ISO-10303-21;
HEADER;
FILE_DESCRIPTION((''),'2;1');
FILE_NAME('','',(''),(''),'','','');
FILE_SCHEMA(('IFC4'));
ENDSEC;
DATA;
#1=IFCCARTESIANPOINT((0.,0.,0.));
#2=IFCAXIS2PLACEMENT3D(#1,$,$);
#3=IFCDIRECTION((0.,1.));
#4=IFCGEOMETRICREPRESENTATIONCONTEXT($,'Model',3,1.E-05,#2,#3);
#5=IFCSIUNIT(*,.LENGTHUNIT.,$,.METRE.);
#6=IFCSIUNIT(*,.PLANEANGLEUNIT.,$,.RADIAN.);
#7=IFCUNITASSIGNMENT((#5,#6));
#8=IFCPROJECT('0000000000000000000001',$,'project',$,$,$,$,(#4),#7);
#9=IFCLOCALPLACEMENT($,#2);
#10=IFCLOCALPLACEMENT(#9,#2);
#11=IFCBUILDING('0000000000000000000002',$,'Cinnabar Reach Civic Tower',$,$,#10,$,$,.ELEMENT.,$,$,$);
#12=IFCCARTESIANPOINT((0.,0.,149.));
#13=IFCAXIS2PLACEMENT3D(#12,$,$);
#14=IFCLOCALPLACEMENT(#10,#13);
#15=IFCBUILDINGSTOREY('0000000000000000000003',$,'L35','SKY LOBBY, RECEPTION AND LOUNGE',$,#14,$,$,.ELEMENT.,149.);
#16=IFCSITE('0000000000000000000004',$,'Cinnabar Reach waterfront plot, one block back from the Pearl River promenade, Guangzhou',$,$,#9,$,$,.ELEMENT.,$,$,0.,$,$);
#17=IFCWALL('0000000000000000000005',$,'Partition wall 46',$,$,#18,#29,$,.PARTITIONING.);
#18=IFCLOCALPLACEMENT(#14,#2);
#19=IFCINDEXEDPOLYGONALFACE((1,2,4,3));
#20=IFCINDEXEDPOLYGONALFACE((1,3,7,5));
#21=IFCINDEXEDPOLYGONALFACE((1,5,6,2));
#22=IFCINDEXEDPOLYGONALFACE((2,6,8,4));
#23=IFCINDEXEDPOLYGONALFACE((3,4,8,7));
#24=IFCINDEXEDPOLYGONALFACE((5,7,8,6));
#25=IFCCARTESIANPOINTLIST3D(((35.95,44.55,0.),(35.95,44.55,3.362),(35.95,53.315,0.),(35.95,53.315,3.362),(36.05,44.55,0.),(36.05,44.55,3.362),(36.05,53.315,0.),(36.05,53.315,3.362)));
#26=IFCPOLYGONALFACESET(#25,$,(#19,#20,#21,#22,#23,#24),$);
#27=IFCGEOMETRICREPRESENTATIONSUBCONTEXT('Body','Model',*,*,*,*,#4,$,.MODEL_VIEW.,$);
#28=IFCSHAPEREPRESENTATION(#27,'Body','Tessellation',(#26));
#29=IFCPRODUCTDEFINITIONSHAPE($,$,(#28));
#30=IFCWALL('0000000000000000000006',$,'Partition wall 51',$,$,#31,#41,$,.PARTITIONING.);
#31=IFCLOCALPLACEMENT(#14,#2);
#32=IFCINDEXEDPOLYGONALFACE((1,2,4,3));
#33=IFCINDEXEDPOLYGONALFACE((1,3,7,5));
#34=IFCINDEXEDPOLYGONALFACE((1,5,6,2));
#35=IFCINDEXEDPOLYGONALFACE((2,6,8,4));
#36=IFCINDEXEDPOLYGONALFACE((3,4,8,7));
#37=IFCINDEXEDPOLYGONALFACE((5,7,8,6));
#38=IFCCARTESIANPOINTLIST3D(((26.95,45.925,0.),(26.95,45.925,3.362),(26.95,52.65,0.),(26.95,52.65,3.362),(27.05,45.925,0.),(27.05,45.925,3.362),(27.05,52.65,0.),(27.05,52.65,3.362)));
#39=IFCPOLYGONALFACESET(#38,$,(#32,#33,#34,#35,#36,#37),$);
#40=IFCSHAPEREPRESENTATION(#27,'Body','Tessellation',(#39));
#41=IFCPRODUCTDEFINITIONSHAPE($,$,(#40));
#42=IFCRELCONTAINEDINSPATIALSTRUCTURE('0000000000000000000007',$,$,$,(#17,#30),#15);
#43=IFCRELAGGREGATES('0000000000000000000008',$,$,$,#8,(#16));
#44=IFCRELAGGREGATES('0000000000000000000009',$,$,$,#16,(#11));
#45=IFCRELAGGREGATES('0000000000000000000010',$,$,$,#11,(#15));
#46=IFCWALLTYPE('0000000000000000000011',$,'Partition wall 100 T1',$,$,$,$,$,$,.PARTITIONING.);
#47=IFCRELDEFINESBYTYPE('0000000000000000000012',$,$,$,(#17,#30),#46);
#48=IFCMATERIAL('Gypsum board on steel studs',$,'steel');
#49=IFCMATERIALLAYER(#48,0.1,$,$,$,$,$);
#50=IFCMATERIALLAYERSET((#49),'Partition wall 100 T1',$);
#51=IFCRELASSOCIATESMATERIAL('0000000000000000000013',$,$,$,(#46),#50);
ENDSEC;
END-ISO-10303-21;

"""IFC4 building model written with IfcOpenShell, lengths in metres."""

from ifc_helpers import new_model, si_unit, direction, frame, frame_2d, origin, place, context, subcontext, project, spatial, rectangle, extrude, material, layer, layer_set, type_object, element, save


model = new_model("IFC4")

# Units and contexts
model_context = context("Model", 3, precision=1e-05, world=origin(), true_north=direction((0.0, 1.0)))
body_context = subcontext(model_context, "Body", "Model", "MODEL_VIEW")
ifc_project = project(units=[si_unit("LENGTHUNIT", "METRE"), si_unit("PLANEANGLEUNIT", "RADIAN")], contexts=[model_context])

# Site, building, storey
site_placement = place(None, origin())
site = spatial("IfcSite", under=ifc_project, at=site_placement, Name="Cinnabar Reach waterfront plot, one block back from the Pearl River promenade, Guangzhou", CompositionType="ELEMENT", RefElevation=0.0)
building_placement = place(site_placement, origin())
building = spatial("IfcBuilding", under=site, at=building_placement, Name="Cinnabar Reach Civic Tower", CompositionType="ELEMENT")
storey_placement = place(building_placement, frame((0.0, 0.0, 149.0)))
storey = spatial("IfcBuildingStorey", under=building, at=storey_placement, Name="L35", Description="SKY LOBBY, RECEPTION AND LOUNGE", CompositionType="ELEMENT", Elevation=149.0)

# Walls
ifc_material_1 = material(Name="Gypsum board on steel studs", Category="steel")
ifc_layer_1 = layer(ifc_material_1, 0.1)
ifc_layer_set_1 = layer_set([ifc_layer_1], Name="Partition wall 100 T1")
wall_type_1 = type_object("IfcWallType", Name="Partition wall 100 T1", PredefinedType="PARTITIONING", material=ifc_layer_set_1)
wall_1_placement = place(storey_placement, frame((36.0, 44.55, 0.0), z_axis=(0.0, 0.0, 1.0), x_axis=(0.0, 1.0, 0.0)))
element("IfcWall", 1, at=wall_1_placement, inside=storey, type_object=wall_type_1, Name="Partition wall 46", PredefinedType="PARTITIONING", context=body_context, shape_type="SweptSolid", body=[
    extrude(rectangle(XDim=8.765, YDim=0.1, at=frame_2d((4.3825, 0.0))), origin(), (0.0, 0.0, 1.0), 3.362),
])
wall_2_placement = place(storey_placement, frame((27.0, 45.925, 0.0), z_axis=(0.0, 0.0, 1.0), x_axis=(0.0, 1.0, 0.0)))
element("IfcWall", 2, at=wall_2_placement, inside=storey, type_object=wall_type_1, Name="Partition wall 51", PredefinedType="PARTITIONING", context=body_context, shape_type="SweptSolid", body=[
    extrude(rectangle(XDim=6.725, YDim=0.1, at=frame_2d((3.3625, 0.0))), origin(), (0.0, 0.0, 1.0), 3.362),
])

save(model, "model.ifc")
